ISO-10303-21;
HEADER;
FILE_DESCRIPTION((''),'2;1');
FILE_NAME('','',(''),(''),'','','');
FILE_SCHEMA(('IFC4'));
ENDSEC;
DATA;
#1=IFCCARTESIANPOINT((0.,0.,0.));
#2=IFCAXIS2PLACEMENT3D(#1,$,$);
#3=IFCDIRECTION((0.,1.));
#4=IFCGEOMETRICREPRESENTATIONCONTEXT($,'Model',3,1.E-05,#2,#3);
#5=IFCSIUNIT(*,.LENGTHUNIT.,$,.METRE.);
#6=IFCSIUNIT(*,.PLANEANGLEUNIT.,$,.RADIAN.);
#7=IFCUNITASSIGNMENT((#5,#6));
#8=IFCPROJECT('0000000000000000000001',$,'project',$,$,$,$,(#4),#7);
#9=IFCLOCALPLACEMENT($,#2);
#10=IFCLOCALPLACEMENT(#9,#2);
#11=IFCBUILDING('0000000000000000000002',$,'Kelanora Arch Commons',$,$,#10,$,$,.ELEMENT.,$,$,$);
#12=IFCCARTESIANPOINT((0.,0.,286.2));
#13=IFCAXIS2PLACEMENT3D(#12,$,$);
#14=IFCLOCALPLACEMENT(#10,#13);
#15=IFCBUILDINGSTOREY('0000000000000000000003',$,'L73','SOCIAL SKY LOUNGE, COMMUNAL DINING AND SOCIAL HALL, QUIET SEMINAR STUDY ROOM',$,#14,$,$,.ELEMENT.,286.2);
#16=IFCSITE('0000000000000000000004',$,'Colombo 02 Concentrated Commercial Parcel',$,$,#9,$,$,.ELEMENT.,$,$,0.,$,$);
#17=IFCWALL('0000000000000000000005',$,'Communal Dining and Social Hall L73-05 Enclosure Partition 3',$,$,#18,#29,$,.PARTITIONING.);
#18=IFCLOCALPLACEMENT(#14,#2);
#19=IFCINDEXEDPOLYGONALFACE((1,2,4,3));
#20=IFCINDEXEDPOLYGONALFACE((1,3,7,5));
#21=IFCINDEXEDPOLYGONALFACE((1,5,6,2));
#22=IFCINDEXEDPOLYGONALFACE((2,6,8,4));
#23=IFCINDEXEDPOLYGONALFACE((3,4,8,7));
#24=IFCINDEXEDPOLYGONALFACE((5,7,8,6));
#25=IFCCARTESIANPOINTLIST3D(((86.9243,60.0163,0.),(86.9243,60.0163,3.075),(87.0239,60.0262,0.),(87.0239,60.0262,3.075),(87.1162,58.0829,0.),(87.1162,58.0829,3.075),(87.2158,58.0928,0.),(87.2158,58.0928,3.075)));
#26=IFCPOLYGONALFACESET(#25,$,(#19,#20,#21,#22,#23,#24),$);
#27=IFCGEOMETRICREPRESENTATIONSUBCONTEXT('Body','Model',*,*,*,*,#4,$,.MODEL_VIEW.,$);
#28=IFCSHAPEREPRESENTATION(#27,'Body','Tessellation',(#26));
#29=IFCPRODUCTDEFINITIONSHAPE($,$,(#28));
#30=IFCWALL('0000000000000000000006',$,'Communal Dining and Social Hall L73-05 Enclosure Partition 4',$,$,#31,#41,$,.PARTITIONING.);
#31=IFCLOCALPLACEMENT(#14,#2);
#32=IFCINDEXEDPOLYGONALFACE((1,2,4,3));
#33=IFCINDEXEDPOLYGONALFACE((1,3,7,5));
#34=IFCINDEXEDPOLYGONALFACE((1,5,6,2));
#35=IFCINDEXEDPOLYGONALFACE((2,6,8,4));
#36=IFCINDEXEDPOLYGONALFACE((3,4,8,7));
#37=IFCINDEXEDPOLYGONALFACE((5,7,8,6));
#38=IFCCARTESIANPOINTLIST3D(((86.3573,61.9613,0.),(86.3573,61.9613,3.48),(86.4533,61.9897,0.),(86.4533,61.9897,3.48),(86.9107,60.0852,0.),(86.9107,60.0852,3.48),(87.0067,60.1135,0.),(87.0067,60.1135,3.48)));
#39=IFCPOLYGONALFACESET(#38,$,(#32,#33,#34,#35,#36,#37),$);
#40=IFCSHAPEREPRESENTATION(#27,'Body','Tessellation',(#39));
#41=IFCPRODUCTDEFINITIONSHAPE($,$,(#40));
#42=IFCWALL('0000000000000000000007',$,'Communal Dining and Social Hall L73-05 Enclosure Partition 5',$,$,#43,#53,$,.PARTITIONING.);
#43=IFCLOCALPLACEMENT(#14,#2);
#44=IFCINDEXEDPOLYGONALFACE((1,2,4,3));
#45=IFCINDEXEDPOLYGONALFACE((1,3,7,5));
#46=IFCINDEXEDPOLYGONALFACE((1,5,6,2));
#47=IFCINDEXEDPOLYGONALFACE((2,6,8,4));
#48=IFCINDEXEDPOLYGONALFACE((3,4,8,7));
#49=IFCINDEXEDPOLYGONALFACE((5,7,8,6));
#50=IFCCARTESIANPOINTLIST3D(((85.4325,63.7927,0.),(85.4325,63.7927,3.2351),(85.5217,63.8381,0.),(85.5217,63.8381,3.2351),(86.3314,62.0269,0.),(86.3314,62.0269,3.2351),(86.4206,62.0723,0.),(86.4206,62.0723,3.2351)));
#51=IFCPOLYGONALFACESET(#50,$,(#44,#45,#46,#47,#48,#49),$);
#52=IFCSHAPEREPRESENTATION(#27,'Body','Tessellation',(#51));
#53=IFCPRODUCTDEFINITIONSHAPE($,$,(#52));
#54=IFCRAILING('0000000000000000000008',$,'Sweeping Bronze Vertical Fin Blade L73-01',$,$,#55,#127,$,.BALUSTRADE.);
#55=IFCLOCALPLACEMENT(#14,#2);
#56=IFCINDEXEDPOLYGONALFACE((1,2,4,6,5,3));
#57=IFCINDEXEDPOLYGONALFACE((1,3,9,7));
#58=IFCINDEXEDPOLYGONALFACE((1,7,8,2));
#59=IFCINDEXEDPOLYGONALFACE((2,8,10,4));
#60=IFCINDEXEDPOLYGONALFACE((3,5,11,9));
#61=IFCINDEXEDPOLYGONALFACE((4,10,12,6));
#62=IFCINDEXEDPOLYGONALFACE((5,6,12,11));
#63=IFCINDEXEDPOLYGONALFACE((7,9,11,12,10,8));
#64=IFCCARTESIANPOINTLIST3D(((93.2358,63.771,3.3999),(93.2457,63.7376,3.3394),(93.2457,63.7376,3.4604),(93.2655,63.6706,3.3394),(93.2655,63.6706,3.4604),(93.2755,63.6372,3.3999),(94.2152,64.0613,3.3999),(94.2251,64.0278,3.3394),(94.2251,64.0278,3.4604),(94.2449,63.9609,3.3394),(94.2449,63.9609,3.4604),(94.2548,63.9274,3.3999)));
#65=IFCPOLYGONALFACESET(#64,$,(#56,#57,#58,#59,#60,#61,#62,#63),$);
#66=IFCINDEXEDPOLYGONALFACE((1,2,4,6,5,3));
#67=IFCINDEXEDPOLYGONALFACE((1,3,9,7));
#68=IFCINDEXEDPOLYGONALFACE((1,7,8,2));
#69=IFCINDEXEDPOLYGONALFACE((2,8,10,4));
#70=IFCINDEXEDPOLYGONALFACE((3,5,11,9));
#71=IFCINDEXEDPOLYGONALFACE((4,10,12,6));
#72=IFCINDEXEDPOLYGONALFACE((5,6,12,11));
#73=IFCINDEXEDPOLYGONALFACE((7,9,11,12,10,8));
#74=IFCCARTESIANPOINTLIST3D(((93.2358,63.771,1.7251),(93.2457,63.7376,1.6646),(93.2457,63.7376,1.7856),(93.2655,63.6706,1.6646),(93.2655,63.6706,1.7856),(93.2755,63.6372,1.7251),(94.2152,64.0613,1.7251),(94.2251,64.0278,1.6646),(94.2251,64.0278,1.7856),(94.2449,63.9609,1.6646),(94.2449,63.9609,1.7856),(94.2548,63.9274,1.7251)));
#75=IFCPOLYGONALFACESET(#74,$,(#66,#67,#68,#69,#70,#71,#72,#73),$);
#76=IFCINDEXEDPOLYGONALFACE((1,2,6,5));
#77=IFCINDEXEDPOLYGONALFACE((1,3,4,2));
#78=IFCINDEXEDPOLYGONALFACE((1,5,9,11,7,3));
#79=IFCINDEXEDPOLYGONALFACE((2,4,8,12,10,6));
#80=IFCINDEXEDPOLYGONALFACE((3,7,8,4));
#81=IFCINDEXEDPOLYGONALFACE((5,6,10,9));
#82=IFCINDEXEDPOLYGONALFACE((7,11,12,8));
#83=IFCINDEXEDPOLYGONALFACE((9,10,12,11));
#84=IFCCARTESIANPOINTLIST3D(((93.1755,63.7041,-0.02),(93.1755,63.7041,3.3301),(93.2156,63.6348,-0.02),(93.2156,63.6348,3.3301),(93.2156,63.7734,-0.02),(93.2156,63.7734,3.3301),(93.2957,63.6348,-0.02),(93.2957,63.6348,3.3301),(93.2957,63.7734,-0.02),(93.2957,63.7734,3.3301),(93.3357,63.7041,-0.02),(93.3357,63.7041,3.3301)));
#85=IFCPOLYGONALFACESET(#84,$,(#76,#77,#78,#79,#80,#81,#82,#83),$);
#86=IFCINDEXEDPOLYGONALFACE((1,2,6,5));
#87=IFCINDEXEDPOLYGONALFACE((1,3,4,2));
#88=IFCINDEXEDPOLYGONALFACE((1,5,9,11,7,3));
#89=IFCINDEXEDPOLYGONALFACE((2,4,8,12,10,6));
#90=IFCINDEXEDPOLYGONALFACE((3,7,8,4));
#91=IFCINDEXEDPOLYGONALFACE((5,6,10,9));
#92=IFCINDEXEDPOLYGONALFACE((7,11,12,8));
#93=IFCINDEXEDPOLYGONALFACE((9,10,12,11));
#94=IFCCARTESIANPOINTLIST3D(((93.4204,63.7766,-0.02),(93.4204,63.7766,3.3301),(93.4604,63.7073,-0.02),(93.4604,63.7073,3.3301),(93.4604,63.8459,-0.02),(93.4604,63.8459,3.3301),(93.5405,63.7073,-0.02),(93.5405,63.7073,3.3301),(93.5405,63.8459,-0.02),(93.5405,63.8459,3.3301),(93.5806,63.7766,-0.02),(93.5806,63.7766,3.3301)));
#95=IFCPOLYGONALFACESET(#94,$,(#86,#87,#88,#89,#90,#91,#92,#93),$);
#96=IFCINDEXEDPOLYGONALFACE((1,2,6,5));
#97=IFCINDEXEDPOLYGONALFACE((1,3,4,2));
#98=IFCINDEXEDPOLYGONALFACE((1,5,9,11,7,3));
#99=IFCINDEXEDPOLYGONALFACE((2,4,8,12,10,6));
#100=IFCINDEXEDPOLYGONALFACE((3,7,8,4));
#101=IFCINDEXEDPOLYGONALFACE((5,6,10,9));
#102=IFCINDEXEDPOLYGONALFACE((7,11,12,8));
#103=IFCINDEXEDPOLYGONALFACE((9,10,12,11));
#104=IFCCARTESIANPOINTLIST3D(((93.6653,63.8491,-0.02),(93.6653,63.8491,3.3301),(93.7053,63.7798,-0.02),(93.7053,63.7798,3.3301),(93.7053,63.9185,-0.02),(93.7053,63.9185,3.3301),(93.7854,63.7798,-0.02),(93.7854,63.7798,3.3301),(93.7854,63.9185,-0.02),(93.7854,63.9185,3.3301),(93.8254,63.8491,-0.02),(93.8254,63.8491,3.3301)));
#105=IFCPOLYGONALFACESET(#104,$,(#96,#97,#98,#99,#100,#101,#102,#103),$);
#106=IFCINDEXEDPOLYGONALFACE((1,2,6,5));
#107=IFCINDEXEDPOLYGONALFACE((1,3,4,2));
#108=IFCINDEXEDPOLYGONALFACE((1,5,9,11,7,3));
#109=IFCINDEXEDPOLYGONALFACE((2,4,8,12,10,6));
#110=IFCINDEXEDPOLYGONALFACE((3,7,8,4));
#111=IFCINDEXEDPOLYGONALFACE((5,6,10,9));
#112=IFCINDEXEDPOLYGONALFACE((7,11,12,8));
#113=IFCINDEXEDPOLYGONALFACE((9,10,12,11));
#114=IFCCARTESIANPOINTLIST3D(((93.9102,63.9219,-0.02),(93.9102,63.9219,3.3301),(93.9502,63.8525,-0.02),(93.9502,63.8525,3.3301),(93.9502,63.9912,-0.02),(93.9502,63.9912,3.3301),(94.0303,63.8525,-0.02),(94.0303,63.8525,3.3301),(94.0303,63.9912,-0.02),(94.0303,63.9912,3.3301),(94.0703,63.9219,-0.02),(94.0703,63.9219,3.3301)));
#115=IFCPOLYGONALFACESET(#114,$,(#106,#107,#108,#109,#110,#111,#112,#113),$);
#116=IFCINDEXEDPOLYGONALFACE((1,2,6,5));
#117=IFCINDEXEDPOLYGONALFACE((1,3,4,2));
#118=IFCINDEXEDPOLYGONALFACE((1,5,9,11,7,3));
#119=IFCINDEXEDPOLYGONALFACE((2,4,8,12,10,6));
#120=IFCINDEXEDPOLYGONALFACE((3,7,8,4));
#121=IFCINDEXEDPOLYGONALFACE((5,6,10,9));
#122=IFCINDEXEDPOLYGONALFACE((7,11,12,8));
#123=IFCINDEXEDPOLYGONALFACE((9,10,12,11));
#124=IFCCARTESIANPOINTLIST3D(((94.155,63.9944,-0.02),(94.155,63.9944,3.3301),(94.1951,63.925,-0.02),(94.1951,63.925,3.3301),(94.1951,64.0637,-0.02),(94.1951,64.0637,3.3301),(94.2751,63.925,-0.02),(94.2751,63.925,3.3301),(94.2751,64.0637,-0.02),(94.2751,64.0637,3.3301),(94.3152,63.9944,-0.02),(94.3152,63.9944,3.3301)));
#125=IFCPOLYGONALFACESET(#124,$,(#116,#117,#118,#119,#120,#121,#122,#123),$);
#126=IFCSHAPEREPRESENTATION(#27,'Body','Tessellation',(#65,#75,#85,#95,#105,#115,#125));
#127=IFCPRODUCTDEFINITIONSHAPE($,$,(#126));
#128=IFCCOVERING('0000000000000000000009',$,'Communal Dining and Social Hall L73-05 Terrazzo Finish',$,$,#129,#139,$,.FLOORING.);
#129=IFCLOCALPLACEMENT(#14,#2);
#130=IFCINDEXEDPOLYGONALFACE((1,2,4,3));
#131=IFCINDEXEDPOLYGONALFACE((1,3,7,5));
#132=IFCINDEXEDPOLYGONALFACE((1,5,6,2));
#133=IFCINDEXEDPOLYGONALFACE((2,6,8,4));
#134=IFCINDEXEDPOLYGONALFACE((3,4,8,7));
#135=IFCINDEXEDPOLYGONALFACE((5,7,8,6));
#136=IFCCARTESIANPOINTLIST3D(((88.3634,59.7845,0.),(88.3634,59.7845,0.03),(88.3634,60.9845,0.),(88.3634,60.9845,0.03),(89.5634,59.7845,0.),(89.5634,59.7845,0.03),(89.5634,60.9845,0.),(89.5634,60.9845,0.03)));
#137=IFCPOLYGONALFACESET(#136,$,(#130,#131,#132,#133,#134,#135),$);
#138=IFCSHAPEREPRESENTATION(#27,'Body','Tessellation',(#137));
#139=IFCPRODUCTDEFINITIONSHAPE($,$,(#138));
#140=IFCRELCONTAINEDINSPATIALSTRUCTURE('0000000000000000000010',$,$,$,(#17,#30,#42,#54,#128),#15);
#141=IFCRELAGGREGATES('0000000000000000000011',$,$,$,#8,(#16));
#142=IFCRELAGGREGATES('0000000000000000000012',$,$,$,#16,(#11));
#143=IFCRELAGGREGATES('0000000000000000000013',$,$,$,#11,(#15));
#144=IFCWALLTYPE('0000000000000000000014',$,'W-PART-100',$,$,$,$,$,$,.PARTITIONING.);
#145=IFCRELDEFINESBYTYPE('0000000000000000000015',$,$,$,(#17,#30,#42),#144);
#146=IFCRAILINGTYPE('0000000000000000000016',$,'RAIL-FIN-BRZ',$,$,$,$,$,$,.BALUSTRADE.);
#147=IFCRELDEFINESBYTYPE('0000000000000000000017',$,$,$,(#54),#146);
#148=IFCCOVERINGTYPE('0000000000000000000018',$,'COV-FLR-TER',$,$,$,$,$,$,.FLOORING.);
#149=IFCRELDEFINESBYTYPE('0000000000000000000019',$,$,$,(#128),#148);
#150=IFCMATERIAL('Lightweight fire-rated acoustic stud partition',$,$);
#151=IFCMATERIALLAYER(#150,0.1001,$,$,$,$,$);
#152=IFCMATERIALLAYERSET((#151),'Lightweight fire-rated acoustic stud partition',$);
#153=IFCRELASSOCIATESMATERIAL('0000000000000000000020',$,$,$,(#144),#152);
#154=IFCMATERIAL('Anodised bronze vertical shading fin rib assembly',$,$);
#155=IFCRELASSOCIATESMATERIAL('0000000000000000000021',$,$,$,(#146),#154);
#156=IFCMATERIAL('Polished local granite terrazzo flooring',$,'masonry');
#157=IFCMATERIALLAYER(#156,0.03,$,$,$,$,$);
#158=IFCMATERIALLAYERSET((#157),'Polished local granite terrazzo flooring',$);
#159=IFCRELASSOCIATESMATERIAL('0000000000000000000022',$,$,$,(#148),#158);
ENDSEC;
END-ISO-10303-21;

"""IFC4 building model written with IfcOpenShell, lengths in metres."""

from ifc_helpers import new_model, si_unit, direction, frame, frame_2d, origin, origin_2d, place, context, subcontext, project, spatial, polyline, rectangle, outline, extrude, source, transform, mapped, material, layer, layer_set, type_object, element, save


model = new_model("IFC4")

# Units and contexts
model_context = context("Model", 3, precision=1e-05, world=origin(), true_north=direction((0.0, 1.0)))
body_context = subcontext(model_context, "Body", "Model", "MODEL_VIEW")
ifc_project = project(units=[si_unit("LENGTHUNIT", "METRE"), si_unit("PLANEANGLEUNIT", "RADIAN")], contexts=[model_context])

# Site, building, storey
site_placement = place(None, origin())
site = spatial("IfcSite", under=ifc_project, at=site_placement, Name="Colombo 02 Concentrated Commercial Parcel", CompositionType="ELEMENT", RefElevation=0.0)
building_placement = place(site_placement, origin())
building = spatial("IfcBuilding", under=site, at=building_placement, Name="Kelanora Arch Commons", CompositionType="ELEMENT")
storey_placement = place(building_placement, frame((0.0, 0.0, 286.2)))
storey = spatial("IfcBuildingStorey", under=building, at=storey_placement, Name="L73", Description="SOCIAL SKY LOUNGE, COMMUNAL DINING AND SOCIAL HALL, QUIET SEMINAR STUDY ROOM", CompositionType="ELEMENT", Elevation=286.2)

# Walls
ifc_material_1 = material(Name="Lightweight fire-rated acoustic stud partition")
ifc_layer_1 = layer(ifc_material_1, 0.1001)
ifc_layer_set_1 = layer_set([ifc_layer_1], Name="Lightweight fire-rated acoustic stud partition")
wall_type = type_object("IfcWallType", Name="W-PART-100", PredefinedType="PARTITIONING", material=ifc_layer_set_1)
wall_1_placement = place(storey_placement, frame((87.166, 58.0879, 0.0), z_axis=(0.0, 0.0, 1.0), x_axis=(-0.09877, 0.99511, 0.0)))
element("IfcWall", 1, at=wall_1_placement, inside=storey, type_object=wall_type, Name="Communal Dining and Social Hall L73-05 Enclosure Partition 3", PredefinedType="PARTITIONING", context=body_context, shape_type="SweptSolid", body=[
    extrude(rectangle(XDim=1.9429, YDim=0.1001, at=frame_2d((0.9714, 0.0))), origin(), (0.0, 0.0, 1.0), 3.075),
])
wall_2_placement = place(storey_placement, frame((86.9587, 60.0994, 0.0), z_axis=(0.0, 0.0, 1.0), x_axis=(-0.282937, 0.959139, 0.0)))
element("IfcWall", 2, at=wall_2_placement, inside=storey, type_object=wall_type, Name="Communal Dining and Social Hall L73-05 Enclosure Partition 4", PredefinedType="PARTITIONING", context=body_context, shape_type="SweptSolid", body=[
    extrude(rectangle(XDim=1.9561, YDim=0.1001, at=frame_2d((0.978, 0.0))), origin(), (0.0, 0.0, 1.0), 3.48),
])
wall_3_placement = place(storey_placement, frame((86.376, 62.0496, 0.0), z_axis=(0.0, 0.0, 1.0), x_axis=(-0.453658, 0.891176, 0.0)))
element("IfcWall", 3, at=wall_3_placement, inside=storey, type_object=wall_type, Name="Communal Dining and Social Hall L73-05 Enclosure Partition 5", PredefinedType="PARTITIONING", context=body_context, shape_type="SweptSolid", body=[
    extrude(rectangle(XDim=1.9814, YDim=0.1001, at=frame_2d((0.9907, 0.0))), origin(), (0.0, 0.0, 1.0), 3.2351),
])

# Railing
ifc_material_2 = material(Name="Anodised bronze vertical shading fin rib assembly")
railing_type_1 = type_object("IfcRailingType", Name="RAIL-FIN-BRZ", PredefinedType="BALUSTRADE", material=ifc_material_2)
railing_1_placement = place(storey_placement, frame((93.2556, 63.7041, -0.02)))
element("IfcRailing", 4, at=railing_1_placement, inside=storey, type_object=railing_type_1, Name="Sweeping Bronze Vertical Fin Blade L73-01", PredefinedType="BALUSTRADE", context=body_context, shape_type="SweptSolid", body=[
    extrude(outline(polyline([(0.0698, 0.0), (0.0349, 0.0605), (-0.0349, 0.0605), (-0.0698, 0.0), (-0.0349, -0.0605), (0.0349, -0.0605), (0.0698, 0.0)])), frame((0.0, 0.0, 3.4199), z_axis=(0.958781, 0.284145, 0.0), x_axis=(-0.284145, 0.958781, 0.0)), (0.0, 0.0, 1.0), 1.0215),
    extrude(outline(polyline([(0.0698, 0.0), (0.0349, 0.0605), (-0.0349, 0.0605), (-0.0698, 0.0), (-0.0349, -0.0605), (0.0349, -0.0605), (0.0698, 0.0)])), frame((0.0, 0.0, 1.7451), z_axis=(0.958781, 0.284145, 0.0), x_axis=(-0.284145, 0.958781, 0.0)), (0.0, 0.0, 1.0), 1.0215),
    extrude(outline(polyline([(0.0801, 0.0), (0.04, 0.0693), (-0.04, 0.0693), (-0.0801, 0.0), (-0.04, -0.0693), (0.04, -0.0693), (0.0801, 0.0)])), origin(), (0.0, 0.0, 1.0), 3.3501),
    extrude(outline(polyline([(0.0801, 0.0), (0.04, 0.0693), (-0.04, 0.0693), (-0.0801, 0.0), (-0.04, -0.0693), (0.04, -0.0693), (0.0801, 0.0)])), frame((0.2449, 0.0725, 0.0)), (0.0, 0.0, 1.0), 3.3501),
    extrude(outline(polyline([(0.0801, 0.0), (0.04, 0.0693), (-0.04, 0.0693), (-0.0801, 0.0), (-0.04, -0.0693), (0.04, -0.0693), (0.0801, 0.0)])), frame((0.4897, 0.145, 0.0)), (0.0, 0.0, 1.0), 3.3501),
    extrude(outline(polyline([(0.0801, 0.0), (0.04, 0.0693), (-0.04, 0.0693), (-0.0801, 0.0), (-0.04, -0.0693), (0.04, -0.0693), (0.0801, 0.0)])), frame((0.7346, 0.2178, 0.0)), (0.0, 0.0, 1.0), 3.3501),
    extrude(outline(polyline([(0.0801, 0.0), (0.04, 0.0693), (-0.04, 0.0693), (-0.0801, 0.0), (-0.04, -0.0693), (0.04, -0.0693), (0.0801, 0.0)])), frame((0.9795, 0.2903, 0.0)), (0.0, 0.0, 1.0), 3.3501),
])

# Covering
ifc_material_3 = material(Name="Polished local granite terrazzo flooring", Category="masonry")
ifc_layer_2 = layer(ifc_material_3, 0.03)
ifc_layer_set_2 = layer_set([ifc_layer_2], Name="Polished local granite terrazzo flooring")
covering_type = type_object("IfcCoveringType", Name="COV-FLR-TER", PredefinedType="FLOORING", material=ifc_layer_set_2)
shared_shape_1 = source(origin(), body_context, "Body", "SweptSolid", [
    extrude(rectangle(XDim=1.2, YDim=1.2, at=origin_2d()), origin(), (0.0, 0.0, 1.0), 0.03),
])
covering_placement = place(storey_placement, frame((88.9634, 60.3845, 0.0), z_axis=(0.0, 0.0, 1.0), x_axis=(1.0, 0.0, 0.0)))
element("IfcCovering", 5, at=covering_placement, inside=storey, type_object=covering_type, Name="Communal Dining and Social Hall L73-05 Terrazzo Finish", PredefinedType="FLOORING", context=body_context, shape_type="MappedRepresentation", body=[
    mapped(shared_shape_1, transform((0.0, 0.0, 0.0), scale=1.0)),
])

save(model, "model.ifc")
